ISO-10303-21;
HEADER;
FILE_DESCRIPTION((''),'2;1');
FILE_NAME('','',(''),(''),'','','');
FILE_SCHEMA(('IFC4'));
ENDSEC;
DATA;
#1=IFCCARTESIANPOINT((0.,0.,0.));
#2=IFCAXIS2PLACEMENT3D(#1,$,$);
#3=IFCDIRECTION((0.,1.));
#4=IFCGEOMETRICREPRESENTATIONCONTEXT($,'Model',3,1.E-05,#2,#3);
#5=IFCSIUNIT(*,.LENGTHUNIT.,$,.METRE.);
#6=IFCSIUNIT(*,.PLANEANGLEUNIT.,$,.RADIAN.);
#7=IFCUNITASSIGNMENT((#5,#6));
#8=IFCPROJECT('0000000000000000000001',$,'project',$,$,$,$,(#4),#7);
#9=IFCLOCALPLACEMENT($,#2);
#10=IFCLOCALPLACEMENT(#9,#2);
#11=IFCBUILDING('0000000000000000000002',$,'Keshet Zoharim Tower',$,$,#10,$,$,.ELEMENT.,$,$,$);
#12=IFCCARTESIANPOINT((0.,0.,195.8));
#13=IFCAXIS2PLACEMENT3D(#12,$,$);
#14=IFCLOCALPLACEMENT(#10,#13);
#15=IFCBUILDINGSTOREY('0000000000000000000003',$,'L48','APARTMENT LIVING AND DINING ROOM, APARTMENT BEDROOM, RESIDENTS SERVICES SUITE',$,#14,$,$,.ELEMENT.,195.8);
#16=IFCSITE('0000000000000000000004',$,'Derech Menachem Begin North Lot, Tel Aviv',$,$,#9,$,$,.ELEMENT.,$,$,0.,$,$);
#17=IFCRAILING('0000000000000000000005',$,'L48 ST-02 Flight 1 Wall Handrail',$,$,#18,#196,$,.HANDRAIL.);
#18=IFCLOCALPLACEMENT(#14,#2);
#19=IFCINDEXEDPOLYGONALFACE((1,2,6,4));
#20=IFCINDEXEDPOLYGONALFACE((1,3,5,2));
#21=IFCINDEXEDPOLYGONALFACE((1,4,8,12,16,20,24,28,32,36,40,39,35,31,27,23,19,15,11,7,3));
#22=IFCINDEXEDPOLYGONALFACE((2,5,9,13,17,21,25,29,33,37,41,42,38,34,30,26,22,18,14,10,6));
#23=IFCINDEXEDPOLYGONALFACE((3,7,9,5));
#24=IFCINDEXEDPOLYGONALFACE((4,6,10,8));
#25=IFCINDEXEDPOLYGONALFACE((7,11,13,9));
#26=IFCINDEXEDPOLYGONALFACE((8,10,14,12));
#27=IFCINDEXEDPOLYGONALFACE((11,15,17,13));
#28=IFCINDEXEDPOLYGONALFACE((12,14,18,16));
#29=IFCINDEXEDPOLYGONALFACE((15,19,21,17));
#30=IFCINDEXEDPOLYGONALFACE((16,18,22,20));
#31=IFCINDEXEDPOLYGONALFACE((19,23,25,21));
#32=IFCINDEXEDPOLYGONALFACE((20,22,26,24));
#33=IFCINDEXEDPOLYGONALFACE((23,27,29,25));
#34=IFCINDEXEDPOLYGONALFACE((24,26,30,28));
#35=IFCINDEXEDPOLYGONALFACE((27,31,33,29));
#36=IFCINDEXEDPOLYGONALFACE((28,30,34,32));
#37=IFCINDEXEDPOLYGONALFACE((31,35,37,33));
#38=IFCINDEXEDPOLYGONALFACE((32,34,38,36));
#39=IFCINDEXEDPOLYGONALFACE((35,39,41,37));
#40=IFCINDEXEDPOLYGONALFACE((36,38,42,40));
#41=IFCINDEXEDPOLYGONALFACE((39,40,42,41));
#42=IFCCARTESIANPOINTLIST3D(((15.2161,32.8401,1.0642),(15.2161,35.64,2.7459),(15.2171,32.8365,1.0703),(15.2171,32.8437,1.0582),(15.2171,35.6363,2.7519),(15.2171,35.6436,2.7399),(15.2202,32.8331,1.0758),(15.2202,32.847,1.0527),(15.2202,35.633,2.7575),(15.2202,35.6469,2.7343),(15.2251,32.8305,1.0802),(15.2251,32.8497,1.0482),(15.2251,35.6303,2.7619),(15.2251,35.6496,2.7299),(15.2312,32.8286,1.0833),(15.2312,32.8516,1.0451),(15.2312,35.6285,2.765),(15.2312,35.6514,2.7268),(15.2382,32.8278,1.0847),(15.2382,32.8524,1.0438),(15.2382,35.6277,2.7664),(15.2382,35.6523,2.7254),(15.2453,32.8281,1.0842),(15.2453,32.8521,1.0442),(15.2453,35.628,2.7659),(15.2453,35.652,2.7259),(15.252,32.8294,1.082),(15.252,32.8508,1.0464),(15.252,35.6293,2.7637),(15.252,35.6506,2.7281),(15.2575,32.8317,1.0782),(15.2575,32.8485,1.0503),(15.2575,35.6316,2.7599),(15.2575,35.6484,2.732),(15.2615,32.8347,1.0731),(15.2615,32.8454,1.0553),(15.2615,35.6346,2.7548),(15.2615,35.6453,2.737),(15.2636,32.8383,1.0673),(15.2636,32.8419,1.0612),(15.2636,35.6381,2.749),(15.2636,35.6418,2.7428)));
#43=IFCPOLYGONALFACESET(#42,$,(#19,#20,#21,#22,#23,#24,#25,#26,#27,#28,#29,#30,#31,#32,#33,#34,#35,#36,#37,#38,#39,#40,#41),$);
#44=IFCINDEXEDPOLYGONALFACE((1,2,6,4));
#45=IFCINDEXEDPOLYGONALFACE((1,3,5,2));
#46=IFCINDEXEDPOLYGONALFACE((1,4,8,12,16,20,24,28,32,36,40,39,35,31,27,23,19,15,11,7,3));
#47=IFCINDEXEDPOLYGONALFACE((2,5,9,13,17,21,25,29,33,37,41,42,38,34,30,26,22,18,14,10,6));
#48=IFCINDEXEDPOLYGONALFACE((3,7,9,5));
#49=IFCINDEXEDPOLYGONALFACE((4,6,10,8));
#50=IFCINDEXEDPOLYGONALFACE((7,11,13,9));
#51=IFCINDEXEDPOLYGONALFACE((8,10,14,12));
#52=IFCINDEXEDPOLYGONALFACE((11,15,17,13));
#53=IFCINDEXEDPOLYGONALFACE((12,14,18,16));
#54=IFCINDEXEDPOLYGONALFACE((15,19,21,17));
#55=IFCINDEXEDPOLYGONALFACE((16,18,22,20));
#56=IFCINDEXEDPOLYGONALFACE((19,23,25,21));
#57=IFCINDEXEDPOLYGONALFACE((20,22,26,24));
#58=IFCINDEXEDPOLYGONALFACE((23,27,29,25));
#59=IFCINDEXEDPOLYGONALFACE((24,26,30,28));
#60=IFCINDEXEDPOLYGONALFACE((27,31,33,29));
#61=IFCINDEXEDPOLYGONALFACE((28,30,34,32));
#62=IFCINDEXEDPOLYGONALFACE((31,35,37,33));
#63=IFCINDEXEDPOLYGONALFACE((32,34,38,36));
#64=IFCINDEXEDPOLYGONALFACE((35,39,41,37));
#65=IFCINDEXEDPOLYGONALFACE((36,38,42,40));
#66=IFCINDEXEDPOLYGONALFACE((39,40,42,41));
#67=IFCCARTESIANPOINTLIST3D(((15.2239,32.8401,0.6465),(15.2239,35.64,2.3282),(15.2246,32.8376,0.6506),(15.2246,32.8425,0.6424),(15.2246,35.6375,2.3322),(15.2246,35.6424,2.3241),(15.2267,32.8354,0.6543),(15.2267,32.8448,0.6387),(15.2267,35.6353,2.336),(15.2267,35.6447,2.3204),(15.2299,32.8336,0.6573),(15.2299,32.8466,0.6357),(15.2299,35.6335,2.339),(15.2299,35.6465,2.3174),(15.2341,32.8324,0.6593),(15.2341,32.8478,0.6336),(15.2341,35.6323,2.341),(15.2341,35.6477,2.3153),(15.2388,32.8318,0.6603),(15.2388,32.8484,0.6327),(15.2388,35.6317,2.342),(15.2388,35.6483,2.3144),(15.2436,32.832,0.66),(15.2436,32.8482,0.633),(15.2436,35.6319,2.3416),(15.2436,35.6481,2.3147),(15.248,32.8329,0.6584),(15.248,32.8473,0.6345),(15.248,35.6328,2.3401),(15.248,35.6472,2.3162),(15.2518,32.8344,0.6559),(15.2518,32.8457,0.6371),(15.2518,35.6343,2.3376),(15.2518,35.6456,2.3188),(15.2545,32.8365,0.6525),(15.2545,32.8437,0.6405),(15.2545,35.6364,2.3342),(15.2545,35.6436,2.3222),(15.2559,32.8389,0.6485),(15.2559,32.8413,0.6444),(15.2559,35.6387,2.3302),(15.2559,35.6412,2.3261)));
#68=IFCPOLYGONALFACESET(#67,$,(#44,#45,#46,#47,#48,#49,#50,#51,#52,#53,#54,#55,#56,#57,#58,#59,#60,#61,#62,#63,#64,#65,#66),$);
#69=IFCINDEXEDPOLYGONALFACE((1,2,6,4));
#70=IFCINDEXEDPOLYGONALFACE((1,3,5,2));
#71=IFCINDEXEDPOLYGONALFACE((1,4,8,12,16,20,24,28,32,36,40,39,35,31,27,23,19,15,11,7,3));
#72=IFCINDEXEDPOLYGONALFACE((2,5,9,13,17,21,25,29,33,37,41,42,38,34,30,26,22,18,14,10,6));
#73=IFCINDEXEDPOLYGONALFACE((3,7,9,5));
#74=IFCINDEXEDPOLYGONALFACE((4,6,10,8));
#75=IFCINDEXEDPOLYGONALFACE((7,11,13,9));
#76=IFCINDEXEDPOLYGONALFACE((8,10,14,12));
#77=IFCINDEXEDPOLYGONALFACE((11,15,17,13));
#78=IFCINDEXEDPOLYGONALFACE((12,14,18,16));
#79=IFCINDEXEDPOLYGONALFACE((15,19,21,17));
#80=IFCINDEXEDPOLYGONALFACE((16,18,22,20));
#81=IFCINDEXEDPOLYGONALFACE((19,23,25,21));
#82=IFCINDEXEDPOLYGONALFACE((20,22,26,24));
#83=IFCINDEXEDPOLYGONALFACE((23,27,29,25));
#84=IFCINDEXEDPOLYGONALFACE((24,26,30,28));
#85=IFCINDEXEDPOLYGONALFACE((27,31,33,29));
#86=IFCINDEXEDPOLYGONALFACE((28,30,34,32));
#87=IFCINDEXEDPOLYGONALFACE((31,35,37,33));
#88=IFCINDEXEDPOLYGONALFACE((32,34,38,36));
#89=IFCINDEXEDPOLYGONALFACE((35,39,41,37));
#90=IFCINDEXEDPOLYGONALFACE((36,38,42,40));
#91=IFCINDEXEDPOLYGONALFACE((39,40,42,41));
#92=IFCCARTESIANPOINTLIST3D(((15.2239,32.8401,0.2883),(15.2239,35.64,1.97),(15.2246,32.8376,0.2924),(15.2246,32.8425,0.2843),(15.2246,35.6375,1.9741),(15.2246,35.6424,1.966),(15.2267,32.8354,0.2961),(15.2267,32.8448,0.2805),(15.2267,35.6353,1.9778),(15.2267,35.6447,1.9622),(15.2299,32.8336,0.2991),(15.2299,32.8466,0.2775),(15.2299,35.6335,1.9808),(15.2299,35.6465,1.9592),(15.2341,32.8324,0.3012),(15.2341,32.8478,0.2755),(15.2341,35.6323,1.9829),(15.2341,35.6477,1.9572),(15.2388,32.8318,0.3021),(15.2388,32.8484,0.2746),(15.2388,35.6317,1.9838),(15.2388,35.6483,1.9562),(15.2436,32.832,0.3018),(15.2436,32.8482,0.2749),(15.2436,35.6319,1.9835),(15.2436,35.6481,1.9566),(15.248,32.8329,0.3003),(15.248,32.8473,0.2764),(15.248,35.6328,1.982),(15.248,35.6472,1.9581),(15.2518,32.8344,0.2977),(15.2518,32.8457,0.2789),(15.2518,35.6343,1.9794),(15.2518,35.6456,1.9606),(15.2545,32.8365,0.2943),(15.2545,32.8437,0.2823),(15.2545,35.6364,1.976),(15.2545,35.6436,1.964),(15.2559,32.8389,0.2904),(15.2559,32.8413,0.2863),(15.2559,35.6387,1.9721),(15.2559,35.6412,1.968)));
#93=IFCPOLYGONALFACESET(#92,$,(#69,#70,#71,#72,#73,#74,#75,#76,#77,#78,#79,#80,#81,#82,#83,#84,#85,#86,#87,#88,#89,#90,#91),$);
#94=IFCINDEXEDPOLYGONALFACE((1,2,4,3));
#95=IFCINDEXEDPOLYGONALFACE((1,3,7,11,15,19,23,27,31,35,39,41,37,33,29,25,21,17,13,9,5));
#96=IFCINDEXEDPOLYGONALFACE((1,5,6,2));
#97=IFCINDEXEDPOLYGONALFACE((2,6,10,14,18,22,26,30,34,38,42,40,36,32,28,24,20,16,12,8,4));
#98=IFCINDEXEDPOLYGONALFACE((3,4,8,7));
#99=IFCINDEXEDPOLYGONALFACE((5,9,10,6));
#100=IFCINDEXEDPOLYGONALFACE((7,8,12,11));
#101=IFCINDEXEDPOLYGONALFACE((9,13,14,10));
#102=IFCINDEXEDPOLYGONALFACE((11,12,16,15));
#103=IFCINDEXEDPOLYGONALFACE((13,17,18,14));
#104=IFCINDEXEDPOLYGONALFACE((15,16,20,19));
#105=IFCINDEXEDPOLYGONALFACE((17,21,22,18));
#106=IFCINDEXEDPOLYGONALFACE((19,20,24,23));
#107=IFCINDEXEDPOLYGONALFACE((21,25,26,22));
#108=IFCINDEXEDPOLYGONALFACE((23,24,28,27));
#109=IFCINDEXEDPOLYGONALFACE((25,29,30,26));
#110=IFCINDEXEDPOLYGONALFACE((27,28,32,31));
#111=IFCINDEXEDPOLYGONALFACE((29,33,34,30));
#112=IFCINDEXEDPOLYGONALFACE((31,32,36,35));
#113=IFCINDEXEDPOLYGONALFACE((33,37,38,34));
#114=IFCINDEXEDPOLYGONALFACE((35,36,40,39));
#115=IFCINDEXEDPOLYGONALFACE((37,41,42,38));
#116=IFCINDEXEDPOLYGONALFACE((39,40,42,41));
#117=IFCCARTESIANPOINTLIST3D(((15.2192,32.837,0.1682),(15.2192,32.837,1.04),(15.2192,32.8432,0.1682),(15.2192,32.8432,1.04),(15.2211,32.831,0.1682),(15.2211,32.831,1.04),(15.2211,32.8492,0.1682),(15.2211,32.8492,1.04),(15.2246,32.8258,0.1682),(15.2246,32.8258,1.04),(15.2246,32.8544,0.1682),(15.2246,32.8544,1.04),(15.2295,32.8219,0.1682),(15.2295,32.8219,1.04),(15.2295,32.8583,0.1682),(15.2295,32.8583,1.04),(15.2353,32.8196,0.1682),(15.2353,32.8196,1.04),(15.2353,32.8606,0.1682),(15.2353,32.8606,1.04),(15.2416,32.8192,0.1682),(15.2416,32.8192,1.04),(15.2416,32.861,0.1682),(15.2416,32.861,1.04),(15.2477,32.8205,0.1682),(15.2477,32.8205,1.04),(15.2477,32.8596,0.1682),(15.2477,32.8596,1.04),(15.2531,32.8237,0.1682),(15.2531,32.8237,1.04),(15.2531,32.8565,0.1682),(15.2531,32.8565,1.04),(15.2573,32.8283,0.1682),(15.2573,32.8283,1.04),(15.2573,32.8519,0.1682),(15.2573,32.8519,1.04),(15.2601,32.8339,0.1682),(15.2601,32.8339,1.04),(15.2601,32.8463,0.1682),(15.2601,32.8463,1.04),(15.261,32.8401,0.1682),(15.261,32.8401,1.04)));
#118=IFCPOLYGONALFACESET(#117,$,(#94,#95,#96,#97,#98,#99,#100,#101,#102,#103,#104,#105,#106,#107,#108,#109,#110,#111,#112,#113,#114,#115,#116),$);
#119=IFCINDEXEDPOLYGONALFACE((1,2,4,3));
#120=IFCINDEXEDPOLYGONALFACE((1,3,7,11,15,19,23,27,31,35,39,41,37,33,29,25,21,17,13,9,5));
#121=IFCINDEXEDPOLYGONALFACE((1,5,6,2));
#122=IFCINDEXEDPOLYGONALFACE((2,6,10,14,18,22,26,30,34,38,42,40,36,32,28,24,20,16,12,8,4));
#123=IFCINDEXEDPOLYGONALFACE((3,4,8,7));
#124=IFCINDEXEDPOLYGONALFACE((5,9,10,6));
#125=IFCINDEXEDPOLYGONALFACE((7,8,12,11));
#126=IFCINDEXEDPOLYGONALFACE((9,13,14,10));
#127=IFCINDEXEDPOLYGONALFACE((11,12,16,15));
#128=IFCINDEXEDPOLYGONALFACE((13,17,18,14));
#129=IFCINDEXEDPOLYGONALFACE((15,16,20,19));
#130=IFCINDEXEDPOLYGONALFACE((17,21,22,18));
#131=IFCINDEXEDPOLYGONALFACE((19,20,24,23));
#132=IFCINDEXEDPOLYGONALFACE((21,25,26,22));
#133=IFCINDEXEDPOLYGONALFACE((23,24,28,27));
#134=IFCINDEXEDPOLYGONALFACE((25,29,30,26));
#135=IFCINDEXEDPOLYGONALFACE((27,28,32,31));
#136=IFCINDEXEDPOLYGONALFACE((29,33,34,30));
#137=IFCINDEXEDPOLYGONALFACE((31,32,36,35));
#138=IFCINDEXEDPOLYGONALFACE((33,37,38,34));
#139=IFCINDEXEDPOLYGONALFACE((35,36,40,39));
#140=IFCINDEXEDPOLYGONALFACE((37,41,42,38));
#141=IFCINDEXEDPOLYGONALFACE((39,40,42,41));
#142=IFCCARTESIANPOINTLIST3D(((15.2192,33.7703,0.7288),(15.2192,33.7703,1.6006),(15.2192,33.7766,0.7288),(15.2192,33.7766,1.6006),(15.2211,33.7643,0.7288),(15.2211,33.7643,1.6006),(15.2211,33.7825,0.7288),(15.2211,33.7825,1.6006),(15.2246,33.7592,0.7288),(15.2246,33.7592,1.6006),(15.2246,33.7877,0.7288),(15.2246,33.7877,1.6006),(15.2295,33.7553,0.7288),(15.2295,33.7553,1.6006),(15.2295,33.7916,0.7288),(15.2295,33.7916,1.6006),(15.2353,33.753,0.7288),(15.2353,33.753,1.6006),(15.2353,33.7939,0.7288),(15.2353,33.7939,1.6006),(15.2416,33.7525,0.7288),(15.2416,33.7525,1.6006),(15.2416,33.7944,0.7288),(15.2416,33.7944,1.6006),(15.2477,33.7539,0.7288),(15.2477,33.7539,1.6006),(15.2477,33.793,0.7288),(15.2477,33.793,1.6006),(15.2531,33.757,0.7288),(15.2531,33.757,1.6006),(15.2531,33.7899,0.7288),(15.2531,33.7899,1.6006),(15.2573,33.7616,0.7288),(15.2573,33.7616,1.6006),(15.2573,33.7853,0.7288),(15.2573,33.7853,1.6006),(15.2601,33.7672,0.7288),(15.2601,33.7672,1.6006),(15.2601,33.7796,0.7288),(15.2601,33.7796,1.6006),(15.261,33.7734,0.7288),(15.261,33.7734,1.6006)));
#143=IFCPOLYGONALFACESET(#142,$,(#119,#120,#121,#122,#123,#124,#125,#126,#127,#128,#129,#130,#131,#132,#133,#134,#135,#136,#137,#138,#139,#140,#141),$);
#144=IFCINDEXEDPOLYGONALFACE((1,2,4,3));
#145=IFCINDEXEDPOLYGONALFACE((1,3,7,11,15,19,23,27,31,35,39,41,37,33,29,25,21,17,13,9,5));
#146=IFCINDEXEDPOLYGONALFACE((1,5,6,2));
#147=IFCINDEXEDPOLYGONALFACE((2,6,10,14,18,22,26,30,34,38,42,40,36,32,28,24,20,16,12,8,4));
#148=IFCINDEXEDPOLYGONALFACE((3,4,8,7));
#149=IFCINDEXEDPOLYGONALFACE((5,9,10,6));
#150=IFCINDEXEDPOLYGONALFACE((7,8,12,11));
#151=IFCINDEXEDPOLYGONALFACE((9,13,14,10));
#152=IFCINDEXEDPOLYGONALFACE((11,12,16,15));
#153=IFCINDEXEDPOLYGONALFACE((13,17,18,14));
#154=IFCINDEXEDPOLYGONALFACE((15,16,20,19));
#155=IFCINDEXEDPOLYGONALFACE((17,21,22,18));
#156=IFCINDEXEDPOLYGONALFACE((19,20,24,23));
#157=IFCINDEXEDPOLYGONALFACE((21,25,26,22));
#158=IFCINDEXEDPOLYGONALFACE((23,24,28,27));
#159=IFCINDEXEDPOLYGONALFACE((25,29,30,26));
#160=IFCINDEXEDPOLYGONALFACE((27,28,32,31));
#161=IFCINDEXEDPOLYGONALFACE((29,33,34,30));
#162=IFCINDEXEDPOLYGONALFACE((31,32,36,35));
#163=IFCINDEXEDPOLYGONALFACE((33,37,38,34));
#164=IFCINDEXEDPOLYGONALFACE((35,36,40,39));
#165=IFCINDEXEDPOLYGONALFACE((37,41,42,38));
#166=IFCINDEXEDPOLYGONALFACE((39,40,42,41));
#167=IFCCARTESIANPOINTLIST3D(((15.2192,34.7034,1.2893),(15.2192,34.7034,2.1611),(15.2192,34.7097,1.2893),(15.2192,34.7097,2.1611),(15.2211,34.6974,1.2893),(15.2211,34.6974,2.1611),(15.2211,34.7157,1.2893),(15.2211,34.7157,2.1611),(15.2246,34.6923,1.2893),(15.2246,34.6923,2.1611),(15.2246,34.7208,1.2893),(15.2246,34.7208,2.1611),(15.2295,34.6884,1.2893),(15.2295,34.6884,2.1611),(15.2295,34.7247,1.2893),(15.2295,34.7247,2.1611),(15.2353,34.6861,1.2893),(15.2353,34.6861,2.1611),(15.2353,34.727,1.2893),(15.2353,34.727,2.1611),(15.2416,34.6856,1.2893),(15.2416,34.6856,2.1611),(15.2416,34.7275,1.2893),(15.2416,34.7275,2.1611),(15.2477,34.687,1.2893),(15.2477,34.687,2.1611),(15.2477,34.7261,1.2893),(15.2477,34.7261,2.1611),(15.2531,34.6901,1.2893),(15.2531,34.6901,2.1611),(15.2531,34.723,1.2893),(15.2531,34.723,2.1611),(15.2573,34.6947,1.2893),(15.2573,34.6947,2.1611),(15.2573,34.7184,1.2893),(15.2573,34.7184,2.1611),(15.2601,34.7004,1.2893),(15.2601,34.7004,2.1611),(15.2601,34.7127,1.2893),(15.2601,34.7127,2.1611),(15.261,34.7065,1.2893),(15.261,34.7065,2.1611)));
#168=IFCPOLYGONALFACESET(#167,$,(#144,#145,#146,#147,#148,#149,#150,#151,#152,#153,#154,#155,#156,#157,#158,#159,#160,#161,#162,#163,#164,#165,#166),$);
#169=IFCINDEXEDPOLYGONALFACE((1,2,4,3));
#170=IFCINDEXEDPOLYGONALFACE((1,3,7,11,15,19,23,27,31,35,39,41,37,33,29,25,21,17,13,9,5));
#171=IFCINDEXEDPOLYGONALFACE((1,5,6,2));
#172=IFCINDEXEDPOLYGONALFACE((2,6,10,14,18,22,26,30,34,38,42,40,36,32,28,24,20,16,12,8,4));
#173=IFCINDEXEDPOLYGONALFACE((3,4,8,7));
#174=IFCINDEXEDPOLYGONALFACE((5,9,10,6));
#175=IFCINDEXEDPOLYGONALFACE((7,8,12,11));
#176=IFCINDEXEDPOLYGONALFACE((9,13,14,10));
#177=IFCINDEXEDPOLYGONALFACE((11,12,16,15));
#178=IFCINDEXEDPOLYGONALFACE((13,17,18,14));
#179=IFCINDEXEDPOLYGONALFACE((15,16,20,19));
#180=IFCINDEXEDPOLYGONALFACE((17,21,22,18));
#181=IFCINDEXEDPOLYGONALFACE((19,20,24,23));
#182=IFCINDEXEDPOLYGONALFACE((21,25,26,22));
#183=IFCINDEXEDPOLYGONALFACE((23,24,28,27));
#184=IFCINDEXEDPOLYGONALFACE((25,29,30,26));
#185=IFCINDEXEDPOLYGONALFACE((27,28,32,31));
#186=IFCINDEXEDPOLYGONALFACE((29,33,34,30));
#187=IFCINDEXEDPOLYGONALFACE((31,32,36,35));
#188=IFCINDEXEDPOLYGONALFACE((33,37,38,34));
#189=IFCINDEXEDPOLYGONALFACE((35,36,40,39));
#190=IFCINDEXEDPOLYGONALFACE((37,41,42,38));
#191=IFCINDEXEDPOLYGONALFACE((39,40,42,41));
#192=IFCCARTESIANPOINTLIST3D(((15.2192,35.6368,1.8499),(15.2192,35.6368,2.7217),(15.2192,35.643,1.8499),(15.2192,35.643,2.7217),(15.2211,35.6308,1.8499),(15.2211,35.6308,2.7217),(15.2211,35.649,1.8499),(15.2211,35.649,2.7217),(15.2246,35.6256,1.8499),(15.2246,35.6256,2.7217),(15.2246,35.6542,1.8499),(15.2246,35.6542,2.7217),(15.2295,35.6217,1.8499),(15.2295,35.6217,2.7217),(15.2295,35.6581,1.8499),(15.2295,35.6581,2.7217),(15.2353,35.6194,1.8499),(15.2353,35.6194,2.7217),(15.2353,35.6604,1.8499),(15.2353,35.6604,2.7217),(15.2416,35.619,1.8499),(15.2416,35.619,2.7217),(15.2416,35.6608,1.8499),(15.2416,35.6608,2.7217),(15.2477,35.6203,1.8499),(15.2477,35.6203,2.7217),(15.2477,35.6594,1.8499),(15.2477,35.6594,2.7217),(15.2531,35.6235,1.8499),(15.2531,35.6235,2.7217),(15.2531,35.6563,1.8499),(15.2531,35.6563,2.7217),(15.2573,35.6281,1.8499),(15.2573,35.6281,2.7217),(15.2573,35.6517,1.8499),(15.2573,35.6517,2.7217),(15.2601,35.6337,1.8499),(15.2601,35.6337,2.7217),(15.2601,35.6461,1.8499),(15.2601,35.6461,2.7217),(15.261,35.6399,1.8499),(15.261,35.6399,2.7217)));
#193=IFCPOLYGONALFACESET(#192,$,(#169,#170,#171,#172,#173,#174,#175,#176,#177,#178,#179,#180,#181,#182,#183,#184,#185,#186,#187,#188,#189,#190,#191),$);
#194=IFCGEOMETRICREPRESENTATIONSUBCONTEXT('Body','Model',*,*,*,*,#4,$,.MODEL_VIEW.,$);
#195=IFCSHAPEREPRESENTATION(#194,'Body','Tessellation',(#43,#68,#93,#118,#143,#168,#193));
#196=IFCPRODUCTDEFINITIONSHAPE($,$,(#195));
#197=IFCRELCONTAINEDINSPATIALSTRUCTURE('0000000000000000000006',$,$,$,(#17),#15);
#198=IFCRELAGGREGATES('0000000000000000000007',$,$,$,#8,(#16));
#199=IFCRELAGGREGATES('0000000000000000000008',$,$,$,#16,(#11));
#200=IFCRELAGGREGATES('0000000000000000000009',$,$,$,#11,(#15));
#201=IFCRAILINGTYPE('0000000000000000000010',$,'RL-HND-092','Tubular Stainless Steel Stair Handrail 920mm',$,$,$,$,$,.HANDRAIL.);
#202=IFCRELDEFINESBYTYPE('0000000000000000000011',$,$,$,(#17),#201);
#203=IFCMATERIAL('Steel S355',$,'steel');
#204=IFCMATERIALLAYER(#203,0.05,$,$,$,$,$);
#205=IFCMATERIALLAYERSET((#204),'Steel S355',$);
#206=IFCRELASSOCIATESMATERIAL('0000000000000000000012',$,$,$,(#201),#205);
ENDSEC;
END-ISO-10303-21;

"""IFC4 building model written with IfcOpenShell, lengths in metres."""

from ifc_helpers import new_model, si_unit, direction, frame, origin, origin_2d, place, context, subcontext, project, spatial, circle, extrude, material, layer, layer_set, type_object, element, save


model = new_model("IFC4")

# Units and contexts
model_context = context("Model", 3, precision=1e-05, world=origin(), true_north=direction((0.0, 1.0)))
body_context = subcontext(model_context, "Body", "Model", "MODEL_VIEW")
ifc_project = project(units=[si_unit("LENGTHUNIT", "METRE"), si_unit("PLANEANGLEUNIT", "RADIAN")], contexts=[model_context])

# Site, building, storey
site_placement = place(None, origin())
site = spatial("IfcSite", under=ifc_project, at=site_placement, Name="Derech Menachem Begin North Lot, Tel Aviv", CompositionType="ELEMENT", RefElevation=0.0)
building_placement = place(site_placement, origin())
building = spatial("IfcBuilding", under=site, at=building_placement, Name="Keshet Zoharim Tower", CompositionType="ELEMENT")
storey_placement = place(building_placement, frame((0.0, 0.0, 195.8)))
storey = spatial("IfcBuildingStorey", under=building, at=storey_placement, Name="L48", Description="APARTMENT LIVING AND DINING ROOM, APARTMENT BEDROOM, RESIDENTS SERVICES SUITE", CompositionType="ELEMENT", Elevation=195.8)

# Shared definitions
ifc_material_1 = material(Name="Steel S355", Category="steel")

# Railing
ifc_layer_1 = layer(ifc_material_1, 0.05)
ifc_layer_set_1 = layer_set([ifc_layer_1], Name="Steel S355")
railing_type_1 = type_object("IfcRailingType", Name="RL-HND-092", Description="Tubular Stainless Steel Stair Handrail 920mm", PredefinedType="HANDRAIL", material=ifc_layer_set_1)
railing_1_placement = place(storey_placement, frame((15.24, 32.8401, 0.1682)))
element("IfcRailing", 1, at=railing_1_placement, inside=storey, type_object=railing_type_1, Name="L48 ST-02 Flight 1 Wall Handrail", PredefinedType="HANDRAIL", context=body_context, shape_type="SweptSolid", body=[
    extrude(circle(Radius=0.0239, at=origin_2d()), frame((0.0, 0.0, 0.896), z_axis=(0.0, 0.857255, 0.514891), x_axis=(-1.0, 0.0, 0.0)), (0.0, 0.0, 1.0), 3.2661),
    extrude(circle(Radius=0.0161, at=origin_2d()), frame((0.0, 0.0, 0.4783), z_axis=(0.0, 0.857255, 0.514891), x_axis=(-1.0, 0.0, 0.0)), (0.0, 0.0, 1.0), 3.2661),
    extrude(circle(Radius=0.0161, at=origin_2d()), frame((0.0, 0.0, 0.1201), z_axis=(0.0, 0.857255, 0.514891), x_axis=(-1.0, 0.0, 0.0)), (0.0, 0.0, 1.0), 3.2661),
    extrude(circle(Radius=0.021, at=origin_2d()), origin(), (0.0, 0.0, 1.0), 0.8718),
    extrude(circle(Radius=0.021, at=origin_2d()), frame((0.0, 0.9333, 0.5605)), (0.0, 0.0, 1.0), 0.8718),
    extrude(circle(Radius=0.021, at=origin_2d()), frame((0.0, 1.8665, 1.1211)), (0.0, 0.0, 1.0), 0.8718),
    extrude(circle(Radius=0.021, at=origin_2d()), frame((0.0, 2.7998, 1.6816)), (0.0, 0.0, 1.0), 0.8718),
])

save(model, "model.ifc")
